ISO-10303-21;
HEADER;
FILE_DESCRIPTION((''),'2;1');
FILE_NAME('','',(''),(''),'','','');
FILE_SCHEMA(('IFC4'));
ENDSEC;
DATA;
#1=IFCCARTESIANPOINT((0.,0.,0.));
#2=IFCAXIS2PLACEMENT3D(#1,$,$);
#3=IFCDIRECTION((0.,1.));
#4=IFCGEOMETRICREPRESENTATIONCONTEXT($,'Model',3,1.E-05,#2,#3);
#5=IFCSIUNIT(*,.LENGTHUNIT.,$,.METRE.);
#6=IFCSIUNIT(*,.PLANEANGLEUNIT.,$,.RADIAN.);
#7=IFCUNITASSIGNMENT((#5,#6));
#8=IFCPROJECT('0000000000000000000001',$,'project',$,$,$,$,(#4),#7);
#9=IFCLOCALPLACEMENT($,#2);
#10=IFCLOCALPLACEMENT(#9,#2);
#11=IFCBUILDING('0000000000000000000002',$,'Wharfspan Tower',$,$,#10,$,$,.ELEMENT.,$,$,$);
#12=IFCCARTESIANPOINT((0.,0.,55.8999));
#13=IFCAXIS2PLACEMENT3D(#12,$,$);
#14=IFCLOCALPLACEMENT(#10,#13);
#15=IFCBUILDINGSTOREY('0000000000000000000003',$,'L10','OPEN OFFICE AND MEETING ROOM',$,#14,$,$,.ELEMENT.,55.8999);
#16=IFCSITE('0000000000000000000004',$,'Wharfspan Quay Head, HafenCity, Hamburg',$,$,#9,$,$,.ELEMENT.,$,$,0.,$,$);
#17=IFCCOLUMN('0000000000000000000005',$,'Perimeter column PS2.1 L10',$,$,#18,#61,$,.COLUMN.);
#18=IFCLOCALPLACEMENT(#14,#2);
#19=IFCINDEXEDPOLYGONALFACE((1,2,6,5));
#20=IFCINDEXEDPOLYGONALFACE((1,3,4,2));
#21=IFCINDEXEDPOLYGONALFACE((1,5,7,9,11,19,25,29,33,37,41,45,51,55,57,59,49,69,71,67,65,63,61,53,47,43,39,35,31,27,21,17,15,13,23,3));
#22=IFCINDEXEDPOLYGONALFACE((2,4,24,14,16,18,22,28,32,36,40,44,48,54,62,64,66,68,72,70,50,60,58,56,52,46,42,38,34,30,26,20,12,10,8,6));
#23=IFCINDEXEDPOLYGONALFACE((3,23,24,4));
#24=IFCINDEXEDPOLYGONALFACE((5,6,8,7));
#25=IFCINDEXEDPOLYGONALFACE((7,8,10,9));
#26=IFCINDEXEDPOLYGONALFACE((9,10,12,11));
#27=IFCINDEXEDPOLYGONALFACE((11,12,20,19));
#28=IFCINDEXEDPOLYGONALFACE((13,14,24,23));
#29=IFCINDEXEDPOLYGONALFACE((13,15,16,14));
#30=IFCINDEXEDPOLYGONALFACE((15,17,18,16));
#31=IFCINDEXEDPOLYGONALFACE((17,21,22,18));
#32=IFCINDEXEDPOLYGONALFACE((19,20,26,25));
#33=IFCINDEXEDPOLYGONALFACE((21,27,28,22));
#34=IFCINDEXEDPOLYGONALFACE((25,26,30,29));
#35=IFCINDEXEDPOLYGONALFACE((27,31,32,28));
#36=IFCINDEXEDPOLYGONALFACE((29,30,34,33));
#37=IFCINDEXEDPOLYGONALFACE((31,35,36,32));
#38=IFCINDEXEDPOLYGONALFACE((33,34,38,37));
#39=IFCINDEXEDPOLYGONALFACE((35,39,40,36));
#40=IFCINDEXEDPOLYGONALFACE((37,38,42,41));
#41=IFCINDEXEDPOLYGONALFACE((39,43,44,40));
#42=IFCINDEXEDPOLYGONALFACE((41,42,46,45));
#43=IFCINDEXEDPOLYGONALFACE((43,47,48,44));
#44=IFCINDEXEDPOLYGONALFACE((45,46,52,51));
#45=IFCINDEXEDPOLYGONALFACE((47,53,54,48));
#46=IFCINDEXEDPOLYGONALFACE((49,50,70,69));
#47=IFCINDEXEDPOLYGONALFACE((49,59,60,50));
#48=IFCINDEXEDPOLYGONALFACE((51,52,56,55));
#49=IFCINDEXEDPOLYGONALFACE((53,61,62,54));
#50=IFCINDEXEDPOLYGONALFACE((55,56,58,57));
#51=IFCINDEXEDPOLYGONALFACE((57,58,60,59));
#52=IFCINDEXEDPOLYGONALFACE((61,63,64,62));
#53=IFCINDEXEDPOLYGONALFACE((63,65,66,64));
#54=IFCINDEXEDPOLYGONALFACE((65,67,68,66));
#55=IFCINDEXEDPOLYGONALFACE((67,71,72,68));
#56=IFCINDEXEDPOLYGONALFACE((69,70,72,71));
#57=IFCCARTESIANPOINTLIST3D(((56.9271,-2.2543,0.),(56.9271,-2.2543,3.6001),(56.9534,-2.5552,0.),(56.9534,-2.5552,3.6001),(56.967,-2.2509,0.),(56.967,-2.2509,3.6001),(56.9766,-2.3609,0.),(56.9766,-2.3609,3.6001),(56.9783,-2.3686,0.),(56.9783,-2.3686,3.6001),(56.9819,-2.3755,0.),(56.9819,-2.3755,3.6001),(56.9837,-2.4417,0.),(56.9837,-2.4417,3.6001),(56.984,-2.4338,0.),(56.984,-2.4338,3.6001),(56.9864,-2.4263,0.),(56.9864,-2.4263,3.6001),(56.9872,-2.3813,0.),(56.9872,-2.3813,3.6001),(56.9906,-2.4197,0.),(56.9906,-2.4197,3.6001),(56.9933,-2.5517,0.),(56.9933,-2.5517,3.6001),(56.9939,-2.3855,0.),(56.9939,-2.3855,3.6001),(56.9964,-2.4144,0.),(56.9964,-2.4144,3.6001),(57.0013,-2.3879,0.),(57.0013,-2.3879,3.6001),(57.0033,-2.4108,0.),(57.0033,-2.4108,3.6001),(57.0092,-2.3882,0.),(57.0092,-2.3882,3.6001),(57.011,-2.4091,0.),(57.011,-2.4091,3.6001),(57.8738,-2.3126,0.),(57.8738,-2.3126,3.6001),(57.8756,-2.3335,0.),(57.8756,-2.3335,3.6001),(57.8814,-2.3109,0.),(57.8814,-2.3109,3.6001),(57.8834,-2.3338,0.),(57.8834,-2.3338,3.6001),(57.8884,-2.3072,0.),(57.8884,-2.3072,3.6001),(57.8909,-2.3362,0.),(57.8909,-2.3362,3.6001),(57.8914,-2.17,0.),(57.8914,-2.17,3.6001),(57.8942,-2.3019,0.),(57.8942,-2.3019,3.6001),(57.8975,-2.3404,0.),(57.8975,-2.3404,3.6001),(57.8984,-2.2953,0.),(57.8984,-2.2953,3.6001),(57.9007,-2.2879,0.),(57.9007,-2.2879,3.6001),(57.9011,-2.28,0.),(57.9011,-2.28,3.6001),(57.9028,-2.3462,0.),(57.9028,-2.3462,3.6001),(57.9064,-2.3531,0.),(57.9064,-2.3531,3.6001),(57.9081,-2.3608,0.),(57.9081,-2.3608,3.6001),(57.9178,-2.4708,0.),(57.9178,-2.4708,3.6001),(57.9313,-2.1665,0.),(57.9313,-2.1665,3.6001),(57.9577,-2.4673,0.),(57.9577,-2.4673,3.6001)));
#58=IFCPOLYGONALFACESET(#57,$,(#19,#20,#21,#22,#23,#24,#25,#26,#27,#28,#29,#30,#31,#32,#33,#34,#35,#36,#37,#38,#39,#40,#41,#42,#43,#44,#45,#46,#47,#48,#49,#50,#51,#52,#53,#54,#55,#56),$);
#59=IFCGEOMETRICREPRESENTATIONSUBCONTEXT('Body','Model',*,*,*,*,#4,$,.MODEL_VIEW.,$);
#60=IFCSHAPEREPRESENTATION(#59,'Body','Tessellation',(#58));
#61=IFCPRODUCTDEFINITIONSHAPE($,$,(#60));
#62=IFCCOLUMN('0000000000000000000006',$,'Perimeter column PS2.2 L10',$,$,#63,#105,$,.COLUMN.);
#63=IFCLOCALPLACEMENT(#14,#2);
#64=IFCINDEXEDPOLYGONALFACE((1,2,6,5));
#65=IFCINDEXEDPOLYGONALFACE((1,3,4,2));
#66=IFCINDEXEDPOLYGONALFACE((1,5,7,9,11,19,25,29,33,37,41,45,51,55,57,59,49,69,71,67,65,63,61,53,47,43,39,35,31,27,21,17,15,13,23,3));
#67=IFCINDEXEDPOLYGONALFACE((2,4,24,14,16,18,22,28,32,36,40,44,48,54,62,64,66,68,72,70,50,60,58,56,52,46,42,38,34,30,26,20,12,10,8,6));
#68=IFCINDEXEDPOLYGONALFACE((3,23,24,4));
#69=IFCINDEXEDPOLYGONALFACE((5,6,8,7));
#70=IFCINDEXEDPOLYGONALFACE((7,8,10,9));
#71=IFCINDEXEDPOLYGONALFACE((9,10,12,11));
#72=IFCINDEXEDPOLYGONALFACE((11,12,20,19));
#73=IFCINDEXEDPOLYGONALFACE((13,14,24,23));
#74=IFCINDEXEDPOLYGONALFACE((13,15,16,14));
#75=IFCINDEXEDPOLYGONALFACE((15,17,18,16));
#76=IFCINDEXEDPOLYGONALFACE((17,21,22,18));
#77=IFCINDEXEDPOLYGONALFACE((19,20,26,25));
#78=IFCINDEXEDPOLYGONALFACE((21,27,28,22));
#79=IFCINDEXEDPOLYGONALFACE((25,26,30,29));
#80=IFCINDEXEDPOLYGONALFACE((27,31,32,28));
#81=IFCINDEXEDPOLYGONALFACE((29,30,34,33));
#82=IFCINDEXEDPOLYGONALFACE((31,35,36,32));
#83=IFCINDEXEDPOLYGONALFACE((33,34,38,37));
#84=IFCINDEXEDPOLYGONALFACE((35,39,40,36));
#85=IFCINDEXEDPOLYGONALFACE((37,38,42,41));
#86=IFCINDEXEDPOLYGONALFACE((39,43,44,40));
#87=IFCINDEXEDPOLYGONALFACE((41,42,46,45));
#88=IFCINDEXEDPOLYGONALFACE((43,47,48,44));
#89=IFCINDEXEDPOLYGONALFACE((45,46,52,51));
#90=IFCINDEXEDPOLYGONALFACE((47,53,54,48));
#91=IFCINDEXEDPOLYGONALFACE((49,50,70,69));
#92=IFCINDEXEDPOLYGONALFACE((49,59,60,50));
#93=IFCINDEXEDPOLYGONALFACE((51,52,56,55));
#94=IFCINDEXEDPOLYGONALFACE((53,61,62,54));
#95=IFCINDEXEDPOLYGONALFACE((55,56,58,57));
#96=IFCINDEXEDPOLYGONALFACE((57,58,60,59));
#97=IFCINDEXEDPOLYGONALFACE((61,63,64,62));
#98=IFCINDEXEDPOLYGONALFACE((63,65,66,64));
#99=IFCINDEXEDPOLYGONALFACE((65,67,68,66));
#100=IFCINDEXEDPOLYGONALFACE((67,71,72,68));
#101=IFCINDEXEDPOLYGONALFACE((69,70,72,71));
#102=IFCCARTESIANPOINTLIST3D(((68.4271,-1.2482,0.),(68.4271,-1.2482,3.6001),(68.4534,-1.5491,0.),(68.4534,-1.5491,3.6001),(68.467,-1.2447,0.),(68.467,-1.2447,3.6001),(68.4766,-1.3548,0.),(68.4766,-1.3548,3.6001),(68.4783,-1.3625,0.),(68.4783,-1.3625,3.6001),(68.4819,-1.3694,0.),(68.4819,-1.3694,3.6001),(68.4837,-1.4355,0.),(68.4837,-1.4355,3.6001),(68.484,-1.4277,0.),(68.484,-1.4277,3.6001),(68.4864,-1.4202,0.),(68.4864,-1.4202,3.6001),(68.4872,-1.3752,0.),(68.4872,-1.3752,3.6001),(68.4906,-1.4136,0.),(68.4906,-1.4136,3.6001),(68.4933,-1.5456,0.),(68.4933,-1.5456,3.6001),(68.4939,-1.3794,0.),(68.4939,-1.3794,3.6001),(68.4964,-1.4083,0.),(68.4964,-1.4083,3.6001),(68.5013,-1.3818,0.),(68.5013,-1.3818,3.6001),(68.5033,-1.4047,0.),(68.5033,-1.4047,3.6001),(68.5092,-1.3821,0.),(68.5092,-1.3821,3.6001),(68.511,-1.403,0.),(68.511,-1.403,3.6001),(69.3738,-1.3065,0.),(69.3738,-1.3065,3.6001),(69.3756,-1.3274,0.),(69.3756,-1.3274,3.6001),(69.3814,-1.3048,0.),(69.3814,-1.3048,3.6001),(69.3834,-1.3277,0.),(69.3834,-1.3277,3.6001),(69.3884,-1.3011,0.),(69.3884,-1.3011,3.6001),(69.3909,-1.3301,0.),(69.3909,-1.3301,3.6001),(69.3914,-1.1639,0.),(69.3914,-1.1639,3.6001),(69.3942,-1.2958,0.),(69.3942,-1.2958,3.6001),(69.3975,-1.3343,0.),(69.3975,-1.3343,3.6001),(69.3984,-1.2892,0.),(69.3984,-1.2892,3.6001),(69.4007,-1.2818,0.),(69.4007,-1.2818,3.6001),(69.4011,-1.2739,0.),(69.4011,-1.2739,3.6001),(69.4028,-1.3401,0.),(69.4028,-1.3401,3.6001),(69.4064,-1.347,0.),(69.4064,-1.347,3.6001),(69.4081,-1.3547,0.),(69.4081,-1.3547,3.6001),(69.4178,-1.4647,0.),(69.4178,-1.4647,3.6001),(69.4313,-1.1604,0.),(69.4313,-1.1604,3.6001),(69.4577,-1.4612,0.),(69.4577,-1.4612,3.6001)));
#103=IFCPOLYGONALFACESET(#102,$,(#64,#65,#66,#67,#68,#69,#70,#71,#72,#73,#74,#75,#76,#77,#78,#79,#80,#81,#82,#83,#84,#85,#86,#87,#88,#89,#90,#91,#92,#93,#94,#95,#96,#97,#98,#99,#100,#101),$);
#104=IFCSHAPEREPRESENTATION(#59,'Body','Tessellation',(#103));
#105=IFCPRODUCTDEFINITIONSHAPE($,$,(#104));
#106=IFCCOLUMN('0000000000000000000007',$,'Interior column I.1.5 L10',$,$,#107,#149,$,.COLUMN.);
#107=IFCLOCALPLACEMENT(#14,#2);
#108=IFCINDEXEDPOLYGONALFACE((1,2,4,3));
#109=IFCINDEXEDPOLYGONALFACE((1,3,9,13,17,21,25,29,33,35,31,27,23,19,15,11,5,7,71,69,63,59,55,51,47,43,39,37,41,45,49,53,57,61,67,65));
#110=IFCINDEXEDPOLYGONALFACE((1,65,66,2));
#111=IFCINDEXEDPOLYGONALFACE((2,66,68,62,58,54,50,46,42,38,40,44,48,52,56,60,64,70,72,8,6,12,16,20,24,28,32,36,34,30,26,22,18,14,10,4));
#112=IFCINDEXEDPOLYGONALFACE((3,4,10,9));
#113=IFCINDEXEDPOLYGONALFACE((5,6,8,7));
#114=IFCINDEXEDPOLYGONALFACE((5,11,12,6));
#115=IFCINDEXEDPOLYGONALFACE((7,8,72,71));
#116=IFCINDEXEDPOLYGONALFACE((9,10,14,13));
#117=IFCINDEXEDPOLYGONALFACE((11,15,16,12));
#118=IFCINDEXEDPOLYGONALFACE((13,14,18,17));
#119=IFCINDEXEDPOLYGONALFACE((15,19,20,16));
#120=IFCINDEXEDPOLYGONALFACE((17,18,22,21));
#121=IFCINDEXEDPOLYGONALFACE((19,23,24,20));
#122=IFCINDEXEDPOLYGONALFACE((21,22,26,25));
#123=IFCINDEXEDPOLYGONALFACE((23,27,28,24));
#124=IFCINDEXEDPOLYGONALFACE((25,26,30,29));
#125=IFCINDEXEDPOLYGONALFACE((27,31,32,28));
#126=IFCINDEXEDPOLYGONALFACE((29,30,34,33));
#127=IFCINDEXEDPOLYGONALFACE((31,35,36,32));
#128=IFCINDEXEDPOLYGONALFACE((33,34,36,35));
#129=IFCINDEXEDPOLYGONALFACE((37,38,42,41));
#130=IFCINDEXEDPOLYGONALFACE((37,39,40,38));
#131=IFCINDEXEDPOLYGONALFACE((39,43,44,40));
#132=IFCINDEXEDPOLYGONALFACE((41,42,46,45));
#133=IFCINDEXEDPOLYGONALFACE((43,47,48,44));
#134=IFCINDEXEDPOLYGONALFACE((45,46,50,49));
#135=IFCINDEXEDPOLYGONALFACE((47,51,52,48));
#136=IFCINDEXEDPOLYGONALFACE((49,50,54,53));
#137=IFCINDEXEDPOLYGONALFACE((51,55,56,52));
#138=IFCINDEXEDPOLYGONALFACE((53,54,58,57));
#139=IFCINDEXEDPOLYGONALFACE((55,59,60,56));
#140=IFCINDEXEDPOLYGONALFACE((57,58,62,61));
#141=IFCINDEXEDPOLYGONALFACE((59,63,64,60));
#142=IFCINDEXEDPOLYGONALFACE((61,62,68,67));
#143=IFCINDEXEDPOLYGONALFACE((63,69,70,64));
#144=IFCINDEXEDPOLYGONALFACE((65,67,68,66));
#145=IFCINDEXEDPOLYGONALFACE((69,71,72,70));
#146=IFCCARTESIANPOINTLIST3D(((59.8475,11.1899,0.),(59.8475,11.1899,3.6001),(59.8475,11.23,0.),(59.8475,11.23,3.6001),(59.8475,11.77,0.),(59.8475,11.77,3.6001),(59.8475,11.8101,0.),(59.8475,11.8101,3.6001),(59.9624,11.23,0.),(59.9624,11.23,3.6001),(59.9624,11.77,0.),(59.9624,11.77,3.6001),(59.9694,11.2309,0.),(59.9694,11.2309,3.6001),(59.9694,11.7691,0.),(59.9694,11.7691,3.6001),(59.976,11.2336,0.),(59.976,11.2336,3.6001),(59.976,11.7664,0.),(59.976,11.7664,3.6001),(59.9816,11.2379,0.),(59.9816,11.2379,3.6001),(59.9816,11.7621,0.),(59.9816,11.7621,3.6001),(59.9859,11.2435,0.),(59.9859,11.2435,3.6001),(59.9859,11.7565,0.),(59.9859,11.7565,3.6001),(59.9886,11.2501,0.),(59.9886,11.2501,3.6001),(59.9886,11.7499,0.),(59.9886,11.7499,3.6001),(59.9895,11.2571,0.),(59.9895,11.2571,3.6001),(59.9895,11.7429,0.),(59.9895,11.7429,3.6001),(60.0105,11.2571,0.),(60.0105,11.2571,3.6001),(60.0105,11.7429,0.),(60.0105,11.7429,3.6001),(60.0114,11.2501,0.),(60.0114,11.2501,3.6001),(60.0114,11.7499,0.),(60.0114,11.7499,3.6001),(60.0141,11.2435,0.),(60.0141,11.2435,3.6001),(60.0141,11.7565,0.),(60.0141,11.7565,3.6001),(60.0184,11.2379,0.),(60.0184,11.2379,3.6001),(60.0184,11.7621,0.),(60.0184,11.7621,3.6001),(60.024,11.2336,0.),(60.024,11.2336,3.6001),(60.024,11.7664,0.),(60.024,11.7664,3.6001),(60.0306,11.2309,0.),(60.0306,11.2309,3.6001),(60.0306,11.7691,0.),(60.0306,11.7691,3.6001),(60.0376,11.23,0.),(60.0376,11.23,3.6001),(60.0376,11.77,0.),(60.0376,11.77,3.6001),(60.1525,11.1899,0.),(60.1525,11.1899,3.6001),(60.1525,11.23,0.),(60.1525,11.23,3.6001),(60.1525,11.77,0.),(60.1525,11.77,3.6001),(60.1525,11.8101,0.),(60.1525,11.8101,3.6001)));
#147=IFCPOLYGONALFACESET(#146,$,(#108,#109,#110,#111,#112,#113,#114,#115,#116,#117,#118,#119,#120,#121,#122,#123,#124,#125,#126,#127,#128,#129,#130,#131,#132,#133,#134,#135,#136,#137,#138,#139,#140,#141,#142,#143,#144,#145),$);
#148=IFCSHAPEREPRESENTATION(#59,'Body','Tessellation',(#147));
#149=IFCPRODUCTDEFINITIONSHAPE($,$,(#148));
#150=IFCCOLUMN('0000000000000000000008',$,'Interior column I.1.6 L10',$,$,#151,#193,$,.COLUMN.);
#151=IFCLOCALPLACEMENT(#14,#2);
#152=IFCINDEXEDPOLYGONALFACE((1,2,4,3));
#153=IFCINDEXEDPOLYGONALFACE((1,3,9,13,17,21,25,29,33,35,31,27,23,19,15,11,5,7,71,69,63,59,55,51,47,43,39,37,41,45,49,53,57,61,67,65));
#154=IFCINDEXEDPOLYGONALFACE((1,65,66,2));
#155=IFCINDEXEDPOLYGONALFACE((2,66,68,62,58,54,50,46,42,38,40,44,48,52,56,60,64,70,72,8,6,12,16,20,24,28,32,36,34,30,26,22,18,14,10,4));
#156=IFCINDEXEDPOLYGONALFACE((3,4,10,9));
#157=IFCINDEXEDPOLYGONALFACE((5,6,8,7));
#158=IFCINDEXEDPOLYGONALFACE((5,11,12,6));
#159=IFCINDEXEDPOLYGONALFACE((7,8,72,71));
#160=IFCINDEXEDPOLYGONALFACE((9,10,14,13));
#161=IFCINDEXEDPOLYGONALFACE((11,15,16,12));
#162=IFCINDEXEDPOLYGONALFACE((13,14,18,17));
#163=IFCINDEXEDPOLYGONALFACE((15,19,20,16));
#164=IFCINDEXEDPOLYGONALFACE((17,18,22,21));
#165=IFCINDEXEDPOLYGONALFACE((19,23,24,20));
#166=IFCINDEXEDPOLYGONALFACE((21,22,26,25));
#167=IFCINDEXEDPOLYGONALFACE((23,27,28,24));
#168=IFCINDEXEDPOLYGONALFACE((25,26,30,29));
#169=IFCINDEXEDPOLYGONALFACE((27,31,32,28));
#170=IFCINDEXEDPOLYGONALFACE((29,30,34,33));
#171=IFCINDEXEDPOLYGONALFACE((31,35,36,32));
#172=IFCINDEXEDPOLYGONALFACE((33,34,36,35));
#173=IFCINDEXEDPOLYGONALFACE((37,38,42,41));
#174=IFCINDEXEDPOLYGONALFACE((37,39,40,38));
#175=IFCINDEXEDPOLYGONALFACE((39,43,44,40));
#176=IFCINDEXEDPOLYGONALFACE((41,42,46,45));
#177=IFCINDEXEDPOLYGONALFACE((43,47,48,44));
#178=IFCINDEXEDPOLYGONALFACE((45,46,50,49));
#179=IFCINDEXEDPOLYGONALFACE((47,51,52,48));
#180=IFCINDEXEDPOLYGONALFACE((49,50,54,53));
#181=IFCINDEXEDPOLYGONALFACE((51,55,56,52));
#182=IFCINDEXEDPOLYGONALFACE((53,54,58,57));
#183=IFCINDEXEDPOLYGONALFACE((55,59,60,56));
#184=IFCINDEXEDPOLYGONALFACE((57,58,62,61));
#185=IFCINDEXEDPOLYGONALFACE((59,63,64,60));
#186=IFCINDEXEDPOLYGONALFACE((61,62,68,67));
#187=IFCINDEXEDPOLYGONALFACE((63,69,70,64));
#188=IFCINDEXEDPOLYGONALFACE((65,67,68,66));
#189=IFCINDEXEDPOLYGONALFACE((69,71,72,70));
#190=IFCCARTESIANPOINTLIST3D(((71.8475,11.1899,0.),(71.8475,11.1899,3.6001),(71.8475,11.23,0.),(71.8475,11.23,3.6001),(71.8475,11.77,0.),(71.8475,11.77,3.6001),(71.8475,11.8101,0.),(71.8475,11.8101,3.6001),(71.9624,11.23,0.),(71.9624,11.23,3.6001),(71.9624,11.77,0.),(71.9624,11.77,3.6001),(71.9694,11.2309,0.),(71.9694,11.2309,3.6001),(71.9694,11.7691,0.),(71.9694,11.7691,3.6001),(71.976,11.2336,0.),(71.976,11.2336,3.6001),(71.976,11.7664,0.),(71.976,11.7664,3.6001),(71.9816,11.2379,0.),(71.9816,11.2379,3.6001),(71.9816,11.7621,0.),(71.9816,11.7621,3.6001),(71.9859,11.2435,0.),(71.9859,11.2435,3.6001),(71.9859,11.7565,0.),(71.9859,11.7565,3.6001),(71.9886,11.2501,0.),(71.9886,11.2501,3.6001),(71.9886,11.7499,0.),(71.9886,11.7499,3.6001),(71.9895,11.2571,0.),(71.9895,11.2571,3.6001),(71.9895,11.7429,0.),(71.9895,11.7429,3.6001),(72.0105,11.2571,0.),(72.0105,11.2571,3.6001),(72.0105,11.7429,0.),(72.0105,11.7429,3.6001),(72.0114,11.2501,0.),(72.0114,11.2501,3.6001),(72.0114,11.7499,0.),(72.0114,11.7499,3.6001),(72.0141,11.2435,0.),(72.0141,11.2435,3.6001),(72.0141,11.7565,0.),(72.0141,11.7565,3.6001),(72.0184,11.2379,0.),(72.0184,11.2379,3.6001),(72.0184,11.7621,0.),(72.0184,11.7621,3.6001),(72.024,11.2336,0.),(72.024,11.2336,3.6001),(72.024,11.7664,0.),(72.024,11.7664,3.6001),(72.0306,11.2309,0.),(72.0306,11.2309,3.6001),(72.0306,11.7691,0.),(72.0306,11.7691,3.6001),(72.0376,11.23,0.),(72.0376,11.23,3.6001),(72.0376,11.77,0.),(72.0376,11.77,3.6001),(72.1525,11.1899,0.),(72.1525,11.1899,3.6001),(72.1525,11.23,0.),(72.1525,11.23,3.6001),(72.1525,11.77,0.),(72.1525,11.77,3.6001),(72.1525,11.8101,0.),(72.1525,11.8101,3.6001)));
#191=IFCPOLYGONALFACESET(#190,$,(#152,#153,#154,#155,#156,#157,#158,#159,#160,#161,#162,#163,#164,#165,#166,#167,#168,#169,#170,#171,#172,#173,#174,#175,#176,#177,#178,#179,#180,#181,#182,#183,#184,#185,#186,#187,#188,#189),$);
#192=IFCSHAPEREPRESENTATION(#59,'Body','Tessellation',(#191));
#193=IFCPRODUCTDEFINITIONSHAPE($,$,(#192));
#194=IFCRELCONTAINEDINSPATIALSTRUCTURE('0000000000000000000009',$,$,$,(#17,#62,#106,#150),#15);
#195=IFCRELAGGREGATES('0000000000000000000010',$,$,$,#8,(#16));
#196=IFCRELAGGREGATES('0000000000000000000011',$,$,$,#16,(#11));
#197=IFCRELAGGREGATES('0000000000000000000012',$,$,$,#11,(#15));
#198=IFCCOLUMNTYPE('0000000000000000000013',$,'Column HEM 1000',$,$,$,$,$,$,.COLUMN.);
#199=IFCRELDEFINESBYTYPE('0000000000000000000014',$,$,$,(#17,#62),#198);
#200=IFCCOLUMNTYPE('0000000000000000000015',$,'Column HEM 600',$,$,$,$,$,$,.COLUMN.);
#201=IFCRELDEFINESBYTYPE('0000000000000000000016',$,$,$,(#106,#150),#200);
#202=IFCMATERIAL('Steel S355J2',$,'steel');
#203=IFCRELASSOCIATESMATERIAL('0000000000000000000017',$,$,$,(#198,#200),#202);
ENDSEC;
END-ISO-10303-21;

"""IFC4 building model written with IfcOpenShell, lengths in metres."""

from ifc_helpers import new_model, si_unit, direction, frame, origin, origin_2d, place, context, subcontext, project, spatial, i_section, extrude, material, material_profile, profile_set, type_object, element, save


model = new_model("IFC4")

# Units and contexts
model_context = context("Model", 3, precision=1e-05, world=origin(), true_north=direction((0.0, 1.0)))
body_context = subcontext(model_context, "Body", "Model", "MODEL_VIEW")
ifc_project = project(units=[si_unit("LENGTHUNIT", "METRE"), si_unit("PLANEANGLEUNIT", "RADIAN")], contexts=[model_context])

# Site, building, storey
site_placement = place(None, origin())
site = spatial("IfcSite", under=ifc_project, at=site_placement, Name="Wharfspan Quay Head, HafenCity, Hamburg", CompositionType="ELEMENT", RefElevation=0.0)
building_placement = place(site_placement, origin())
building = spatial("IfcBuilding", under=site, at=building_placement, Name="Wharfspan Tower", CompositionType="ELEMENT")
storey_placement = place(building_placement, frame((0.0, 0.0, 55.8999)))
storey = spatial("IfcBuildingStorey", under=building, at=storey_placement, Name="L10", Description="OPEN OFFICE AND MEETING ROOM", CompositionType="ELEMENT", Elevation=55.8999)

# Columns
ifc_material_1 = material(Name="Steel S355J2", Category="steel")
ifc_material_profile_1 = material_profile(ifc_material_1, i_section(OverallWidth=0.302, OverallDepth=1.0081, WebThickness=0.021, FlangeThickness=0.04, FilletRadius=0.03, at=origin_2d()))
ifc_profile_set_1 = profile_set([ifc_material_profile_1], Name="Steel S355J2")
column_type_1 = type_object("IfcColumnType", Name="Column HEM 1000", PredefinedType="COLUMN", material=ifc_profile_set_1)
for number, where, z_axis, x_axis, name in (
    (1, (57.4424, -2.3608, 0.0), (0.0, 0.0, 1.0), (0.087156, -0.996198, 0.0), "Perimeter column PS2.1 L10"),
    (2, (68.9424, -1.3547, 0.0), (0.0, 0.0, 1.0), (0.087156, -0.996198, 0.0), "Perimeter column PS2.2 L10"),
):
    element("IfcColumn", number, at=place(storey_placement, frame(where, z_axis=z_axis, x_axis=x_axis)), inside=storey, type_object=column_type_1, Name=name, PredefinedType="COLUMN", context=body_context, shape_type="SweptSolid", body=[
        extrude(i_section(OverallWidth=0.302, OverallDepth=1.0081, WebThickness=0.021, FlangeThickness=0.04, FilletRadius=0.03, at=origin_2d()), origin(), (0.0, 0.0, 1.0), 3.6001),
    ])
ifc_material_profile_2 = material_profile(ifc_material_1, i_section(OverallWidth=0.3049, OverallDepth=0.6201, WebThickness=0.021, FlangeThickness=0.04, FilletRadius=0.0271, at=origin_2d()))
ifc_profile_set_2 = profile_set([ifc_material_profile_2], Name="Steel S355J2")
column_type_2 = type_object("IfcColumnType", Name="Column HEM 600", PredefinedType="COLUMN", material=ifc_profile_set_2)
for number, where, z_axis, x_axis, name in (
    (3, (60.0, 11.5, 0.0), (0.0, 0.0, 1.0), (1.0, 0.0, 0.0), "Interior column I.1.5 L10"),
    (4, (72.0, 11.5, 0.0), (0.0, 0.0, 1.0), (1.0, 0.0, 0.0), "Interior column I.1.6 L10"),
):
    element("IfcColumn", number, at=place(storey_placement, frame(where, z_axis=z_axis, x_axis=x_axis)), inside=storey, type_object=column_type_2, Name=name, PredefinedType="COLUMN", context=body_context, shape_type="SweptSolid", body=[
        extrude(i_section(OverallWidth=0.3049, OverallDepth=0.6201, WebThickness=0.021, FlangeThickness=0.04, FilletRadius=0.0271, at=origin_2d()), origin(), (0.0, 0.0, 1.0), 3.6001),
    ])

save(model, "model.ifc")
